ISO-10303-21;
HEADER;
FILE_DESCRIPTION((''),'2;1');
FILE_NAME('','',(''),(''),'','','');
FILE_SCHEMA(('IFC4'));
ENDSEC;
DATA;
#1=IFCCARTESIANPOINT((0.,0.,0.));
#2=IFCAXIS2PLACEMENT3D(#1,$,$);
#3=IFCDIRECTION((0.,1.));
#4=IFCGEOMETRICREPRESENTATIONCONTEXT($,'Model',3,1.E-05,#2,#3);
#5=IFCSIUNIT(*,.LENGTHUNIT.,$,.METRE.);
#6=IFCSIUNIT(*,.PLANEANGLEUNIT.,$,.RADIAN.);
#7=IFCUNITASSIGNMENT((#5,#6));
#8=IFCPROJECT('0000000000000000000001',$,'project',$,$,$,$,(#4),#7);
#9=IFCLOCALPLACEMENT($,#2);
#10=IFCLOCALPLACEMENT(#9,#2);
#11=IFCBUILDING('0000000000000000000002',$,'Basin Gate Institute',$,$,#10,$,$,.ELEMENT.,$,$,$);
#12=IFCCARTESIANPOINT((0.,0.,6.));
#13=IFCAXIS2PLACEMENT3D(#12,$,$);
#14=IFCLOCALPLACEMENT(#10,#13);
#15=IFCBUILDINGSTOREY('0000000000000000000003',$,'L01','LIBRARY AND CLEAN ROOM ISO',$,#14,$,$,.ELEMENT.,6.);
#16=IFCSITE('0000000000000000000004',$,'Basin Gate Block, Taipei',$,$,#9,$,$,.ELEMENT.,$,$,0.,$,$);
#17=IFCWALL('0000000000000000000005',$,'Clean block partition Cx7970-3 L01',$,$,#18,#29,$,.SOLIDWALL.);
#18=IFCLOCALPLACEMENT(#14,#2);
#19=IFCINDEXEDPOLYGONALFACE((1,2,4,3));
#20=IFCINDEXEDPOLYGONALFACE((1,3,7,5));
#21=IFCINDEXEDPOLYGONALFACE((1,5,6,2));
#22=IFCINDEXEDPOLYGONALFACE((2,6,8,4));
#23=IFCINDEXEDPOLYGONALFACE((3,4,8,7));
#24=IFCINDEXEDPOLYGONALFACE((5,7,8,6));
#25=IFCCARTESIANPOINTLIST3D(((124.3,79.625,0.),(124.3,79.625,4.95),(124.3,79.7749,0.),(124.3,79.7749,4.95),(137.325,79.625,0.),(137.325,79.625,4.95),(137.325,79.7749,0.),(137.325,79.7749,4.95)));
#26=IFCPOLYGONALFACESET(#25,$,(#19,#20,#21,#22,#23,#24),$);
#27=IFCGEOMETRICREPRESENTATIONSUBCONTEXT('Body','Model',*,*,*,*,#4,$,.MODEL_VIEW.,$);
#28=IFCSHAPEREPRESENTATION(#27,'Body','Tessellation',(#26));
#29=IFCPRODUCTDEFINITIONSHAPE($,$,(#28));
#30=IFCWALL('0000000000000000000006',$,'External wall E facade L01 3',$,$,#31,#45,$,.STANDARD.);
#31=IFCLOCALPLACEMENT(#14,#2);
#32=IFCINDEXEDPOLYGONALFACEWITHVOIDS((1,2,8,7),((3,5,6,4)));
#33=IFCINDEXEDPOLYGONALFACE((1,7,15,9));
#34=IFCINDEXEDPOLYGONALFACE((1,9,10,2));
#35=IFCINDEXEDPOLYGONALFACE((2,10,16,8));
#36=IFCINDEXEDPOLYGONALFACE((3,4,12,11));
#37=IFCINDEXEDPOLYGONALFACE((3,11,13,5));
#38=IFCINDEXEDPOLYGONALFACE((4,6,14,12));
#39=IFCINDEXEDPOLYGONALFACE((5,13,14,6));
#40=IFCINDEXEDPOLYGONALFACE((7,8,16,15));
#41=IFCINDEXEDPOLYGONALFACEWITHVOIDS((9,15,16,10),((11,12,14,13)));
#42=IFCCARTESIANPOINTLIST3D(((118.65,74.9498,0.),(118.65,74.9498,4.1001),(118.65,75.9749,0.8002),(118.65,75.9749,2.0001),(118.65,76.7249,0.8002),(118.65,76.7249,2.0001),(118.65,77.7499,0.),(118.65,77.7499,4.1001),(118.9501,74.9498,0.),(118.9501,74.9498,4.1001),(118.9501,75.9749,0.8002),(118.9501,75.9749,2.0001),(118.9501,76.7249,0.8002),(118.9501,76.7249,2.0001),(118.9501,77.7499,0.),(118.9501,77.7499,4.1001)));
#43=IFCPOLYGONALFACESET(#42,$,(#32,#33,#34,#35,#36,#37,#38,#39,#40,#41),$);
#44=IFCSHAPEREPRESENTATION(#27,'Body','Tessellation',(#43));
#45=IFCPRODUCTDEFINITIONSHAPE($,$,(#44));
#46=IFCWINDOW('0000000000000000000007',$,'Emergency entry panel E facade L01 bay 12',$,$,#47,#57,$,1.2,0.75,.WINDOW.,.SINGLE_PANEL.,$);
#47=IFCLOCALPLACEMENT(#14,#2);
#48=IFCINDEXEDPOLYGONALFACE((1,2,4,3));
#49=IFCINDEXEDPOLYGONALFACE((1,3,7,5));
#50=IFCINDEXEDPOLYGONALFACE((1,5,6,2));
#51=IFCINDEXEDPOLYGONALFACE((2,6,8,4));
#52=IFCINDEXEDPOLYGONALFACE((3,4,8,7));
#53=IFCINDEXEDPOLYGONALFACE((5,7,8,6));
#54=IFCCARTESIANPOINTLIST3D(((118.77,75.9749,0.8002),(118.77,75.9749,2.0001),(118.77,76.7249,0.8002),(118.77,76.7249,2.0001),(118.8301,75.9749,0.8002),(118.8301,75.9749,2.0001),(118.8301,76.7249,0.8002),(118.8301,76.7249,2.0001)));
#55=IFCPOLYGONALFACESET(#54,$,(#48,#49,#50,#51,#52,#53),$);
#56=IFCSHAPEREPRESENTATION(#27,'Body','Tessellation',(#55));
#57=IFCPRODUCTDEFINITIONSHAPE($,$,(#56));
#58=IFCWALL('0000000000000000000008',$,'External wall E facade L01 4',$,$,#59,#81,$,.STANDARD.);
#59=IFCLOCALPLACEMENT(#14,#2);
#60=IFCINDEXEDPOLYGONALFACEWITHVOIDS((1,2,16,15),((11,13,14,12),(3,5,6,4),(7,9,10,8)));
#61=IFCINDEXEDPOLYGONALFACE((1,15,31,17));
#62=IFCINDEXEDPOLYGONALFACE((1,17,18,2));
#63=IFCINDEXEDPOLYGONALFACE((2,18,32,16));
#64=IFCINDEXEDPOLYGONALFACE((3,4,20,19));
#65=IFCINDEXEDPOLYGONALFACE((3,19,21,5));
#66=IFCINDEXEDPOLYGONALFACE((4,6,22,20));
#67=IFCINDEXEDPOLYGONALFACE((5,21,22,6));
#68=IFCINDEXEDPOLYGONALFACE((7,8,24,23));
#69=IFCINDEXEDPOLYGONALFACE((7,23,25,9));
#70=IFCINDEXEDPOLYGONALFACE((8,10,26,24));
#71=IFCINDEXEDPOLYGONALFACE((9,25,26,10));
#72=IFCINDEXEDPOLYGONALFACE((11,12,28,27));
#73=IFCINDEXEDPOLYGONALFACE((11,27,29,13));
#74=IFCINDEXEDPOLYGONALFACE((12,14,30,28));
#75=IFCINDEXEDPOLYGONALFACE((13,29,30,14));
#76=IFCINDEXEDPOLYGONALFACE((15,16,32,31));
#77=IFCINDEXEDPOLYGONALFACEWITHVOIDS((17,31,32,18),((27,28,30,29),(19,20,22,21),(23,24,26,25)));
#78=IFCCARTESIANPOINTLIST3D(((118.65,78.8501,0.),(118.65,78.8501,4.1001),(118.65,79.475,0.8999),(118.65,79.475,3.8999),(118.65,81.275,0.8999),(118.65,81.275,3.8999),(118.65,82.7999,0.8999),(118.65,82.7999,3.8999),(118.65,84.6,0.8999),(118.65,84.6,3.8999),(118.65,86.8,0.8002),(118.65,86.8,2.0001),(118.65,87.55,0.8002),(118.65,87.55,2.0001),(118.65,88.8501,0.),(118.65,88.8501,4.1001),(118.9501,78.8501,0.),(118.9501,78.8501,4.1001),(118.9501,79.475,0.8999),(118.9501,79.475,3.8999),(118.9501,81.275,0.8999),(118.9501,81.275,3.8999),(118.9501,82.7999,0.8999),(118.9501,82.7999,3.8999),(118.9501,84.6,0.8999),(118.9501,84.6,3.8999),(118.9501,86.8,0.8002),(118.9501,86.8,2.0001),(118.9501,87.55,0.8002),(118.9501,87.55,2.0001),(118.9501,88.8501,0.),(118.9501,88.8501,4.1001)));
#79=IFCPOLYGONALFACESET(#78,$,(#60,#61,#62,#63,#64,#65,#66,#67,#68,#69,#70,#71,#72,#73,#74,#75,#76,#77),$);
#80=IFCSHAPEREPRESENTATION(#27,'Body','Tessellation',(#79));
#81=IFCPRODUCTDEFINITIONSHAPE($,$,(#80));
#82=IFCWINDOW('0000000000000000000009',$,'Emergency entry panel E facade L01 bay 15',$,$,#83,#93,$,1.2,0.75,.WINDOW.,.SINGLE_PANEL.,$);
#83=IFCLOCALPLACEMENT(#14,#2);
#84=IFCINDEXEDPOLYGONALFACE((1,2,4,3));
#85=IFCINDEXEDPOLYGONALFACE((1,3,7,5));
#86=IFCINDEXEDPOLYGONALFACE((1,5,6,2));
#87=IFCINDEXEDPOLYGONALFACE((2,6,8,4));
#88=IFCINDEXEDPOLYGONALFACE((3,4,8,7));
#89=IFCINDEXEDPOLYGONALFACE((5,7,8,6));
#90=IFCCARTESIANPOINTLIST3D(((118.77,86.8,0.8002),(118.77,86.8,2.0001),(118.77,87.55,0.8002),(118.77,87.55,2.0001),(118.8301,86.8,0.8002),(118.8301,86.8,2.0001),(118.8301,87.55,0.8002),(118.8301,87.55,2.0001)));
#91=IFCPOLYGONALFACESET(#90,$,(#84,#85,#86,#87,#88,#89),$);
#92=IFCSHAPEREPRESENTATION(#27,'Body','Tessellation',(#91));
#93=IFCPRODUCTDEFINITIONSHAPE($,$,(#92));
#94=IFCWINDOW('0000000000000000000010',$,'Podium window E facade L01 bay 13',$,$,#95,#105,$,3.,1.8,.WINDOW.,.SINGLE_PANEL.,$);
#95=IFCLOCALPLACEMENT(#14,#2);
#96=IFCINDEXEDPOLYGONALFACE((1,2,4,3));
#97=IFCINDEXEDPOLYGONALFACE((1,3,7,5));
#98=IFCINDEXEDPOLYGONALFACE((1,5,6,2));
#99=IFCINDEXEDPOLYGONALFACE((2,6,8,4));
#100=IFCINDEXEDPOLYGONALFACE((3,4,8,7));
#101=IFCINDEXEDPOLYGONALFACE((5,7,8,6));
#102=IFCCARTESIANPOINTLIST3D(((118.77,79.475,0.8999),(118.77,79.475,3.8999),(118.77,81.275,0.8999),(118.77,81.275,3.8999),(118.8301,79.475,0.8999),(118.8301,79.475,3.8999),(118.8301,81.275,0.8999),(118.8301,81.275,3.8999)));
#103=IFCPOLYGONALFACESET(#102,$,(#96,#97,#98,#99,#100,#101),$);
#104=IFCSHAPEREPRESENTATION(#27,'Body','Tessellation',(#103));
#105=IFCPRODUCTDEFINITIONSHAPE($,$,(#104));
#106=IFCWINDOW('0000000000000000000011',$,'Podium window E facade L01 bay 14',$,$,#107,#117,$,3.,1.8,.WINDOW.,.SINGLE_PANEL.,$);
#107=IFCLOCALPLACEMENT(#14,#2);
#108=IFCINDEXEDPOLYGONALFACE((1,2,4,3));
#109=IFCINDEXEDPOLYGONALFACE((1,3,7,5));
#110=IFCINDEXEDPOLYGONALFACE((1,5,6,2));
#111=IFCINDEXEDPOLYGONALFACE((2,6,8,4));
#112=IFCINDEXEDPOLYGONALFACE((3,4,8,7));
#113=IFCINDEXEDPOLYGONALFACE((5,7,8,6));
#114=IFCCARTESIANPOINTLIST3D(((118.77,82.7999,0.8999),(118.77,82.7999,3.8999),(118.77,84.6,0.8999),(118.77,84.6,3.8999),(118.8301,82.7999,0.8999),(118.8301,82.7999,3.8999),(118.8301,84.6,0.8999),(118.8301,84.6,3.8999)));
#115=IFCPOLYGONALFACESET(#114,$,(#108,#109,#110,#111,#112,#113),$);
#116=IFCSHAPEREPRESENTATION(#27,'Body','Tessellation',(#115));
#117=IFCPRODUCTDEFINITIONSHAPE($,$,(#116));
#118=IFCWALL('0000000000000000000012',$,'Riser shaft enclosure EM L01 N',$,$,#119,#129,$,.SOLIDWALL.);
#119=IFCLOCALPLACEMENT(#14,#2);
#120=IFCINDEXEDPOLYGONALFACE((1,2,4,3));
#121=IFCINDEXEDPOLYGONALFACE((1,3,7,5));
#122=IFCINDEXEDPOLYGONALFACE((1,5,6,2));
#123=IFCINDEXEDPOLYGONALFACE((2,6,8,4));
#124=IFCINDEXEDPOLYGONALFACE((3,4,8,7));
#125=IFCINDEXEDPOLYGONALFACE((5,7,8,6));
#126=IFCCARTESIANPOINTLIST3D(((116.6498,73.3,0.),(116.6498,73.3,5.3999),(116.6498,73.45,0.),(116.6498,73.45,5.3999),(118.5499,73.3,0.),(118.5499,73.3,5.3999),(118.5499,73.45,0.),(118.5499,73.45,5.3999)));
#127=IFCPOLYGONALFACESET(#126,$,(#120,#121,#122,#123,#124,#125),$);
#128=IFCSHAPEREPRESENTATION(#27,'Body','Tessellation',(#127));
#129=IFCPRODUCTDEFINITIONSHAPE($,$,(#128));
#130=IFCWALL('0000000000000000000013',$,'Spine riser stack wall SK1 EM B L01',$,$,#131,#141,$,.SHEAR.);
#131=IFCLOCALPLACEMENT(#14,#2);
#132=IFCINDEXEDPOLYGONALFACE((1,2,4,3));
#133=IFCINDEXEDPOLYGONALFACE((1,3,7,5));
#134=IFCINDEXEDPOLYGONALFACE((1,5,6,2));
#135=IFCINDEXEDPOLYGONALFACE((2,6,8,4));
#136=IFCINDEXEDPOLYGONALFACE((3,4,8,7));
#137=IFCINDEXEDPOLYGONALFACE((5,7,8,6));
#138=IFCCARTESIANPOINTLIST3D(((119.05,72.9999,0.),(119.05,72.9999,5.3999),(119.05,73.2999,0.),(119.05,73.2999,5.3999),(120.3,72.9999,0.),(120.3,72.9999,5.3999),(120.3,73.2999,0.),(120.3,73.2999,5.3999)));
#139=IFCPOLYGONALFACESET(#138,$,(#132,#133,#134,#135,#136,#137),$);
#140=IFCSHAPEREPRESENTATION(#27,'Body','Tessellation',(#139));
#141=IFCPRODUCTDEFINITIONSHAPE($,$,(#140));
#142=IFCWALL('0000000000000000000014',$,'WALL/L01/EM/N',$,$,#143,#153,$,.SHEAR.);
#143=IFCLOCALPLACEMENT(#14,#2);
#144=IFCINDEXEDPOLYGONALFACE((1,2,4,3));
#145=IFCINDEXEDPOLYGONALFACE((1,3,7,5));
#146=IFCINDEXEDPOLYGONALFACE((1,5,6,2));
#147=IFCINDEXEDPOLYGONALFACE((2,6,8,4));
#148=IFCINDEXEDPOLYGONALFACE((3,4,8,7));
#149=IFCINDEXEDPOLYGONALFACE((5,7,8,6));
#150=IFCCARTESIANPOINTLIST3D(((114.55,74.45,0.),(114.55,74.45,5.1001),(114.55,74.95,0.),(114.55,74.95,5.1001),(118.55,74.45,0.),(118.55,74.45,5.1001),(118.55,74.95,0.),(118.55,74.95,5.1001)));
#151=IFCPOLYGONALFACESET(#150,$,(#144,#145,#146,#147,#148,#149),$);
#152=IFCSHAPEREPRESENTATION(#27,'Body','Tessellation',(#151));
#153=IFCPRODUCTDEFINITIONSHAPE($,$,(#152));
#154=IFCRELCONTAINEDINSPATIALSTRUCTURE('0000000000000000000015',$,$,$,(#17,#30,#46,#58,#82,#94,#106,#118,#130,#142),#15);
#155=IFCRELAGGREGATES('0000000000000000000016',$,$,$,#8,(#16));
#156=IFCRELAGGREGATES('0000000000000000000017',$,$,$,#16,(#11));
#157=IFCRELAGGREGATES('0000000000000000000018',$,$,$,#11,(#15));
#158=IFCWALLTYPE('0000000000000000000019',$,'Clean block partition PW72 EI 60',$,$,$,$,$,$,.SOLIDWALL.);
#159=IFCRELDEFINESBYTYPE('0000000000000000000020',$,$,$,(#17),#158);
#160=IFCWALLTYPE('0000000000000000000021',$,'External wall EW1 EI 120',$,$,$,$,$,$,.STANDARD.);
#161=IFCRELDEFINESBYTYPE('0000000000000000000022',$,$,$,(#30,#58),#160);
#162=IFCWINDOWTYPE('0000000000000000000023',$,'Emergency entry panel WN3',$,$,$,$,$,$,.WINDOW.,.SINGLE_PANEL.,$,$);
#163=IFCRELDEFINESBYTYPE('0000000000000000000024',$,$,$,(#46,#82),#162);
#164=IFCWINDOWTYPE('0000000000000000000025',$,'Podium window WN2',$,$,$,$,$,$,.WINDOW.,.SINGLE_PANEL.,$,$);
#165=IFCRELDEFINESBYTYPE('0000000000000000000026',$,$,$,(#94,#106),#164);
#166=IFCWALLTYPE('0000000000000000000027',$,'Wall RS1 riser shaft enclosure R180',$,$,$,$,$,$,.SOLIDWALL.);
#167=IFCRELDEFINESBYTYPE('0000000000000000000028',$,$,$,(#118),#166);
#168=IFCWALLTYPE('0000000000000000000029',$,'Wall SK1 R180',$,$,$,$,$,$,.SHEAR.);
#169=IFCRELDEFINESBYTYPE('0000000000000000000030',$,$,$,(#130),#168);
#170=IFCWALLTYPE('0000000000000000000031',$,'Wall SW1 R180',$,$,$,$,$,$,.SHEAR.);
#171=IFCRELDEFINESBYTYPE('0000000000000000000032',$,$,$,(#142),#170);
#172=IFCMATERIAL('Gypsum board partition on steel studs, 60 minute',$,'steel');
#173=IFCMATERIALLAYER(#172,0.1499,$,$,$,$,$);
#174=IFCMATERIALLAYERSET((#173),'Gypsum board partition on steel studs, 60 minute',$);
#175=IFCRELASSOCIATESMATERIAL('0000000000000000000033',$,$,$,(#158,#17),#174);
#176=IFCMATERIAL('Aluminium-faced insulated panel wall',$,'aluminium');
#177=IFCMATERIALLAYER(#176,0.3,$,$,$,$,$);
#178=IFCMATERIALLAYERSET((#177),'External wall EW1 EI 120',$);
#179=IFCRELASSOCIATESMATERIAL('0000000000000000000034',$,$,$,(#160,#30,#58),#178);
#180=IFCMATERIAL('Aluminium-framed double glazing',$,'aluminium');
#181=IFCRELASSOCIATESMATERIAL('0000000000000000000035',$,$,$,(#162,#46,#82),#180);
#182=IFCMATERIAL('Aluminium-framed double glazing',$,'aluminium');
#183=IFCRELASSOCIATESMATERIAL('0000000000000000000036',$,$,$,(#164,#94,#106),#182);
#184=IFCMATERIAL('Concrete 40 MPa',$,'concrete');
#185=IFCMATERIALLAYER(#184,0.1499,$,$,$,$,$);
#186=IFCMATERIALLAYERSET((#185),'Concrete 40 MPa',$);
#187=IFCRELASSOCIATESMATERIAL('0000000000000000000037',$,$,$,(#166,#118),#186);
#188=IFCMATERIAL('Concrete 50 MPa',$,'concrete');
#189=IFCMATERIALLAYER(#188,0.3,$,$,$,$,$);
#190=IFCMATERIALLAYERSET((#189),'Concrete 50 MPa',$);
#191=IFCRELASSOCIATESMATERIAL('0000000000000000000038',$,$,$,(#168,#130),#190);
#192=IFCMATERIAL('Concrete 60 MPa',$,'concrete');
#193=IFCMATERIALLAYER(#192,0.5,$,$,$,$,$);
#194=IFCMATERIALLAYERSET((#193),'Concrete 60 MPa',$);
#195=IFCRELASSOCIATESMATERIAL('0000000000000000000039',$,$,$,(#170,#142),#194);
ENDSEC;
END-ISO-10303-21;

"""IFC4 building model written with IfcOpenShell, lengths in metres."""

from ifc_helpers import new_model, si_unit, direction, frame, frame_2d, origin, place, context, subcontext, project, spatial, rectangle, extrude, material, layer, layer_set, type_object, element, fill, save


model = new_model("IFC4")

# Units and contexts
model_context = context("Model", 3, precision=1e-05, world=origin(), true_north=direction((0.0, 1.0)))
body_context = subcontext(model_context, "Body", "Model", "MODEL_VIEW")
ifc_project = project(units=[si_unit("LENGTHUNIT", "METRE"), si_unit("PLANEANGLEUNIT", "RADIAN")], contexts=[model_context])

# Site, building, storey
site_placement = place(None, origin())
site = spatial("IfcSite", under=ifc_project, at=site_placement, Name="Basin Gate Block, Taipei", CompositionType="ELEMENT", RefElevation=0.0)
building_placement = place(site_placement, origin())
building = spatial("IfcBuilding", under=site, at=building_placement, Name="Basin Gate Institute", CompositionType="ELEMENT")
storey_placement = place(building_placement, frame((0.0, 0.0, 6.0)))
storey = spatial("IfcBuildingStorey", under=building, at=storey_placement, Name="L01", Description="LIBRARY AND CLEAN ROOM ISO", CompositionType="ELEMENT", Elevation=6.0)

# Wall
ifc_material_1 = material(Name="Gypsum board partition on steel studs, 60 minute", Category="steel")
ifc_layer_1 = layer(ifc_material_1, 0.1499)
ifc_layer_set_1 = layer_set([ifc_layer_1], Name="Gypsum board partition on steel studs, 60 minute")
wall_type_1 = type_object("IfcWallType", Name="Clean block partition PW72 EI 60", PredefinedType="SOLIDWALL", material=ifc_layer_set_1)
wall_1_placement = place(storey_placement, frame((124.3, 79.7, 0.0), z_axis=(0.0, 0.0, 1.0), x_axis=(1.0, 0.0, 0.0)))
element("IfcWall", 1, at=wall_1_placement, inside=storey, type_object=wall_type_1, material=ifc_layer_set_1, Name="Clean block partition Cx7970-3 L01", PredefinedType="SOLIDWALL", context=body_context, shape_type="SweptSolid", body=[
    extrude(rectangle(XDim=13.0249, YDim=0.1499, at=frame_2d((6.5125, 0.0))), origin(), (0.0, 0.0, 1.0), 4.95),
])

# Wall, opening, window
ifc_material_2 = material(Name="Aluminium-faced insulated panel wall", Category="aluminium")
ifc_layer_2 = layer(ifc_material_2, 0.3)
ifc_layer_set_2 = layer_set([ifc_layer_2], Name="External wall EW1 EI 120")
wall_type_2 = type_object("IfcWallType", Name="External wall EW1 EI 120", PredefinedType="STANDARD", material=ifc_layer_set_2)
wall_2_placement = place(storey_placement, frame((118.8, 74.95, 0.0), z_axis=(0.0, 0.0, 1.0), x_axis=(0.0, 1.0, 0.0)))
wall_2 = element("IfcWall", 2, at=wall_2_placement, inside=storey, type_object=wall_type_2, material=ifc_layer_set_2, Name="External wall E facade L01 3", PredefinedType="STANDARD", context=body_context, shape_type="SweptSolid", body=[
    extrude(rectangle(XDim=2.8, YDim=0.3, at=frame_2d((1.3999, 0.0))), origin(), (0.0, 0.0, 1.0), 4.1001),
])
opening_1_placement = place(wall_2_placement, frame((1.0249, 0.0, 0.8)))
opening_1 = element("IfcOpeningElement", 3, at=opening_1_placement, cuts=wall_2, PredefinedType="OPENING", context=body_context, shape_type="SweptSolid", body=[
    extrude(rectangle(XDim=0.75, YDim=1.2, at=frame_2d((0.375, 0.6001))), frame((0.0, 0.1602, 0.0), z_axis=(0.0, -1.0, 0.0), x_axis=(1.0, 0.0, 0.0)), (0.0, 0.0, 1.0), 0.3201),
])
ifc_material_3 = material(Name="Aluminium-framed double glazing", Category="aluminium")
window_type_1 = type_object("IfcWindowType", Name="Emergency entry panel WN3", PartitioningType="SINGLE_PANEL", PredefinedType="WINDOW", material=ifc_material_3)
window_1_placement = place(opening_1_placement, origin())
window_1 = element("IfcWindow", 4, at=window_1_placement, inside=storey, type_object=window_type_1, material=ifc_material_3, Name="Emergency entry panel E facade L01 bay 12", OverallHeight=1.2, OverallWidth=0.75, PartitioningType="SINGLE_PANEL", PredefinedType="WINDOW", context=body_context, shape_type="SweptSolid", body=[
    extrude(rectangle(XDim=0.75, YDim=1.2, at=frame_2d((0.375, 0.6001))), frame((0.0, 0.03, 0.0), z_axis=(0.0, -1.0, 0.0), x_axis=(1.0, 0.0, 0.0)), (0.0, 0.0, 1.0), 0.0601),
])
fill(opening_1, window_1)

# Wall, openings, windows
wall_3_placement = place(storey_placement, frame((118.8, 78.8501, 0.0), z_axis=(0.0, 0.0, 1.0), x_axis=(0.0, 1.0, 0.0)))
wall_3 = element("IfcWall", 5, at=wall_3_placement, inside=storey, type_object=wall_type_2, material=ifc_layer_set_2, Name="External wall E facade L01 4", PredefinedType="STANDARD", context=body_context, shape_type="SweptSolid", body=[
    extrude(rectangle(XDim=10.0, YDim=0.3, at=frame_2d((5.0, 0.0))), origin(), (0.0, 0.0, 1.0), 4.1001),
])
opening_2_placement = place(wall_3_placement, frame((0.625, 0.0, 0.8999)))
opening_2 = element("IfcOpeningElement", 6, at=opening_2_placement, cuts=wall_3, PredefinedType="OPENING", context=body_context, shape_type="SweptSolid", body=[
    extrude(rectangle(XDim=1.8, YDim=3.0, at=frame_2d((0.8999, 1.5))), frame((0.0, 0.1602, 0.0), z_axis=(0.0, -1.0, 0.0), x_axis=(1.0, 0.0, 0.0)), (0.0, 0.0, 1.0), 0.3201),
])
opening_3_placement = place(wall_3_placement, frame((3.95, 0.0, 0.8999)))
opening_3 = element("IfcOpeningElement", 7, at=opening_3_placement, cuts=wall_3, PredefinedType="OPENING", context=body_context, shape_type="SweptSolid", body=[
    extrude(rectangle(XDim=1.8, YDim=3.0, at=frame_2d((0.8999, 1.5))), frame((0.0, 0.1602, 0.0), z_axis=(0.0, -1.0, 0.0), x_axis=(1.0, 0.0, 0.0)), (0.0, 0.0, 1.0), 0.3201),
])
opening_4_placement = place(wall_3_placement, frame((7.95, 0.0, 0.8)))
opening_4 = element("IfcOpeningElement", 8, at=opening_4_placement, cuts=wall_3, PredefinedType="OPENING", context=body_context, shape_type="SweptSolid", body=[
    extrude(rectangle(XDim=0.75, YDim=1.2, at=frame_2d((0.375, 0.6001))), frame((0.0, 0.1602, 0.0), z_axis=(0.0, -1.0, 0.0), x_axis=(1.0, 0.0, 0.0)), (0.0, 0.0, 1.0), 0.3201),
])
window_2_placement = place(opening_4_placement, origin())
window_2 = element("IfcWindow", 9, at=window_2_placement, inside=storey, type_object=window_type_1, material=ifc_material_3, Name="Emergency entry panel E facade L01 bay 15", OverallHeight=1.2, OverallWidth=0.75, PartitioningType="SINGLE_PANEL", PredefinedType="WINDOW", context=body_context, shape_type="SweptSolid", body=[
    extrude(rectangle(XDim=0.75, YDim=1.2, at=frame_2d((0.375, 0.6001))), frame((0.0, 0.03, 0.0), z_axis=(0.0, -1.0, 0.0), x_axis=(1.0, 0.0, 0.0)), (0.0, 0.0, 1.0), 0.0601),
])
fill(opening_4, window_2)
ifc_material_4 = material(Name="Aluminium-framed double glazing", Category="aluminium")
window_type_2 = type_object("IfcWindowType", Name="Podium window WN2", PartitioningType="SINGLE_PANEL", PredefinedType="WINDOW", material=ifc_material_4)
window_3_placement = place(opening_2_placement, origin())
window_3 = element("IfcWindow", 10, at=window_3_placement, inside=storey, type_object=window_type_2, material=ifc_material_4, Name="Podium window E facade L01 bay 13", OverallHeight=3.0, OverallWidth=1.8, PartitioningType="SINGLE_PANEL", PredefinedType="WINDOW", context=body_context, shape_type="SweptSolid", body=[
    extrude(rectangle(XDim=1.8, YDim=3.0, at=frame_2d((0.8999, 1.5))), frame((0.0, 0.03, 0.0), z_axis=(0.0, -1.0, 0.0), x_axis=(1.0, 0.0, 0.0)), (0.0, 0.0, 1.0), 0.0601),
])
fill(opening_2, window_3)
window_4_placement = place(opening_3_placement, origin())
window_4 = element("IfcWindow", 11, at=window_4_placement, inside=storey, type_object=window_type_2, material=ifc_material_4, Name="Podium window E facade L01 bay 14", OverallHeight=3.0, OverallWidth=1.8, PartitioningType="SINGLE_PANEL", PredefinedType="WINDOW", context=body_context, shape_type="SweptSolid", body=[
    extrude(rectangle(XDim=1.8, YDim=3.0, at=frame_2d((0.8999, 1.5))), frame((0.0, 0.03, 0.0), z_axis=(0.0, -1.0, 0.0), x_axis=(1.0, 0.0, 0.0)), (0.0, 0.0, 1.0), 0.0601),
])
fill(opening_3, window_4)

# Walls
ifc_material_5 = material(Name="Concrete 40 MPa", Category="concrete")
ifc_layer_3 = layer(ifc_material_5, 0.1499)
ifc_layer_set_3 = layer_set([ifc_layer_3], Name="Concrete 40 MPa")
wall_type_3 = type_object("IfcWallType", Name="Wall RS1 riser shaft enclosure R180", PredefinedType="SOLIDWALL", material=ifc_layer_set_3)
wall_4_placement = place(storey_placement, frame((118.55, 73.375, 0.0), z_axis=(0.0, 0.0, 1.0), x_axis=(-1.0, 0.0, 0.0)))
element("IfcWall", 12, at=wall_4_placement, inside=storey, type_object=wall_type_3, material=ifc_layer_set_3, Name="Riser shaft enclosure EM L01 N", PredefinedType="SOLIDWALL", context=body_context, shape_type="SweptSolid", body=[
    extrude(rectangle(XDim=1.9001, YDim=0.1499, at=frame_2d((0.9502, 0.0))), origin(), (0.0, 0.0, 1.0), 5.3999),
])
ifc_material_6 = material(Name="Concrete 50 MPa", Category="concrete")
ifc_layer_4 = layer(ifc_material_6, 0.3)
ifc_layer_set_4 = layer_set([ifc_layer_4], Name="Concrete 50 MPa")
wall_type_4 = type_object("IfcWallType", Name="Wall SK1 R180", PredefinedType="SHEAR", material=ifc_layer_set_4)
wall_5_placement = place(storey_placement, frame((119.05, 73.1499, 0.0), z_axis=(0.0, 0.0, 1.0), x_axis=(1.0, 0.0, 0.0)))
element("IfcWall", 13, at=wall_5_placement, inside=storey, type_object=wall_type_4, material=ifc_layer_set_4, Name="Spine riser stack wall SK1 EM B L01", PredefinedType="SHEAR", context=body_context, shape_type="SweptSolid", body=[
    extrude(rectangle(XDim=1.25, YDim=0.3, at=frame_2d((0.625, 0.0))), origin(), (0.0, 0.0, 1.0), 5.3999),
])
ifc_material_7 = material(Name="Concrete 60 MPa", Category="concrete")
ifc_layer_5 = layer(ifc_material_7, 0.5)
ifc_layer_set_5 = layer_set([ifc_layer_5], Name="Concrete 60 MPa")
wall_type_5 = type_object("IfcWallType", Name="Wall SW1 R180", PredefinedType="SHEAR", material=ifc_layer_set_5)
wall_6_placement = place(storey_placement, frame((118.55, 74.7, 0.0), z_axis=(0.0, 0.0, 1.0), x_axis=(-1.0, 0.0, 0.0)))
element("IfcWall", 14, at=wall_6_placement, inside=storey, type_object=wall_type_5, material=ifc_layer_set_5, Name="WALL/L01/EM/N", PredefinedType="SHEAR", context=body_context, shape_type="SweptSolid", body=[
    extrude(rectangle(XDim=4.0, YDim=0.5, at=frame_2d((2.0, 0.0))), origin(), (0.0, 0.0, 1.0), 5.1001),
])

save(model, "model.ifc")
